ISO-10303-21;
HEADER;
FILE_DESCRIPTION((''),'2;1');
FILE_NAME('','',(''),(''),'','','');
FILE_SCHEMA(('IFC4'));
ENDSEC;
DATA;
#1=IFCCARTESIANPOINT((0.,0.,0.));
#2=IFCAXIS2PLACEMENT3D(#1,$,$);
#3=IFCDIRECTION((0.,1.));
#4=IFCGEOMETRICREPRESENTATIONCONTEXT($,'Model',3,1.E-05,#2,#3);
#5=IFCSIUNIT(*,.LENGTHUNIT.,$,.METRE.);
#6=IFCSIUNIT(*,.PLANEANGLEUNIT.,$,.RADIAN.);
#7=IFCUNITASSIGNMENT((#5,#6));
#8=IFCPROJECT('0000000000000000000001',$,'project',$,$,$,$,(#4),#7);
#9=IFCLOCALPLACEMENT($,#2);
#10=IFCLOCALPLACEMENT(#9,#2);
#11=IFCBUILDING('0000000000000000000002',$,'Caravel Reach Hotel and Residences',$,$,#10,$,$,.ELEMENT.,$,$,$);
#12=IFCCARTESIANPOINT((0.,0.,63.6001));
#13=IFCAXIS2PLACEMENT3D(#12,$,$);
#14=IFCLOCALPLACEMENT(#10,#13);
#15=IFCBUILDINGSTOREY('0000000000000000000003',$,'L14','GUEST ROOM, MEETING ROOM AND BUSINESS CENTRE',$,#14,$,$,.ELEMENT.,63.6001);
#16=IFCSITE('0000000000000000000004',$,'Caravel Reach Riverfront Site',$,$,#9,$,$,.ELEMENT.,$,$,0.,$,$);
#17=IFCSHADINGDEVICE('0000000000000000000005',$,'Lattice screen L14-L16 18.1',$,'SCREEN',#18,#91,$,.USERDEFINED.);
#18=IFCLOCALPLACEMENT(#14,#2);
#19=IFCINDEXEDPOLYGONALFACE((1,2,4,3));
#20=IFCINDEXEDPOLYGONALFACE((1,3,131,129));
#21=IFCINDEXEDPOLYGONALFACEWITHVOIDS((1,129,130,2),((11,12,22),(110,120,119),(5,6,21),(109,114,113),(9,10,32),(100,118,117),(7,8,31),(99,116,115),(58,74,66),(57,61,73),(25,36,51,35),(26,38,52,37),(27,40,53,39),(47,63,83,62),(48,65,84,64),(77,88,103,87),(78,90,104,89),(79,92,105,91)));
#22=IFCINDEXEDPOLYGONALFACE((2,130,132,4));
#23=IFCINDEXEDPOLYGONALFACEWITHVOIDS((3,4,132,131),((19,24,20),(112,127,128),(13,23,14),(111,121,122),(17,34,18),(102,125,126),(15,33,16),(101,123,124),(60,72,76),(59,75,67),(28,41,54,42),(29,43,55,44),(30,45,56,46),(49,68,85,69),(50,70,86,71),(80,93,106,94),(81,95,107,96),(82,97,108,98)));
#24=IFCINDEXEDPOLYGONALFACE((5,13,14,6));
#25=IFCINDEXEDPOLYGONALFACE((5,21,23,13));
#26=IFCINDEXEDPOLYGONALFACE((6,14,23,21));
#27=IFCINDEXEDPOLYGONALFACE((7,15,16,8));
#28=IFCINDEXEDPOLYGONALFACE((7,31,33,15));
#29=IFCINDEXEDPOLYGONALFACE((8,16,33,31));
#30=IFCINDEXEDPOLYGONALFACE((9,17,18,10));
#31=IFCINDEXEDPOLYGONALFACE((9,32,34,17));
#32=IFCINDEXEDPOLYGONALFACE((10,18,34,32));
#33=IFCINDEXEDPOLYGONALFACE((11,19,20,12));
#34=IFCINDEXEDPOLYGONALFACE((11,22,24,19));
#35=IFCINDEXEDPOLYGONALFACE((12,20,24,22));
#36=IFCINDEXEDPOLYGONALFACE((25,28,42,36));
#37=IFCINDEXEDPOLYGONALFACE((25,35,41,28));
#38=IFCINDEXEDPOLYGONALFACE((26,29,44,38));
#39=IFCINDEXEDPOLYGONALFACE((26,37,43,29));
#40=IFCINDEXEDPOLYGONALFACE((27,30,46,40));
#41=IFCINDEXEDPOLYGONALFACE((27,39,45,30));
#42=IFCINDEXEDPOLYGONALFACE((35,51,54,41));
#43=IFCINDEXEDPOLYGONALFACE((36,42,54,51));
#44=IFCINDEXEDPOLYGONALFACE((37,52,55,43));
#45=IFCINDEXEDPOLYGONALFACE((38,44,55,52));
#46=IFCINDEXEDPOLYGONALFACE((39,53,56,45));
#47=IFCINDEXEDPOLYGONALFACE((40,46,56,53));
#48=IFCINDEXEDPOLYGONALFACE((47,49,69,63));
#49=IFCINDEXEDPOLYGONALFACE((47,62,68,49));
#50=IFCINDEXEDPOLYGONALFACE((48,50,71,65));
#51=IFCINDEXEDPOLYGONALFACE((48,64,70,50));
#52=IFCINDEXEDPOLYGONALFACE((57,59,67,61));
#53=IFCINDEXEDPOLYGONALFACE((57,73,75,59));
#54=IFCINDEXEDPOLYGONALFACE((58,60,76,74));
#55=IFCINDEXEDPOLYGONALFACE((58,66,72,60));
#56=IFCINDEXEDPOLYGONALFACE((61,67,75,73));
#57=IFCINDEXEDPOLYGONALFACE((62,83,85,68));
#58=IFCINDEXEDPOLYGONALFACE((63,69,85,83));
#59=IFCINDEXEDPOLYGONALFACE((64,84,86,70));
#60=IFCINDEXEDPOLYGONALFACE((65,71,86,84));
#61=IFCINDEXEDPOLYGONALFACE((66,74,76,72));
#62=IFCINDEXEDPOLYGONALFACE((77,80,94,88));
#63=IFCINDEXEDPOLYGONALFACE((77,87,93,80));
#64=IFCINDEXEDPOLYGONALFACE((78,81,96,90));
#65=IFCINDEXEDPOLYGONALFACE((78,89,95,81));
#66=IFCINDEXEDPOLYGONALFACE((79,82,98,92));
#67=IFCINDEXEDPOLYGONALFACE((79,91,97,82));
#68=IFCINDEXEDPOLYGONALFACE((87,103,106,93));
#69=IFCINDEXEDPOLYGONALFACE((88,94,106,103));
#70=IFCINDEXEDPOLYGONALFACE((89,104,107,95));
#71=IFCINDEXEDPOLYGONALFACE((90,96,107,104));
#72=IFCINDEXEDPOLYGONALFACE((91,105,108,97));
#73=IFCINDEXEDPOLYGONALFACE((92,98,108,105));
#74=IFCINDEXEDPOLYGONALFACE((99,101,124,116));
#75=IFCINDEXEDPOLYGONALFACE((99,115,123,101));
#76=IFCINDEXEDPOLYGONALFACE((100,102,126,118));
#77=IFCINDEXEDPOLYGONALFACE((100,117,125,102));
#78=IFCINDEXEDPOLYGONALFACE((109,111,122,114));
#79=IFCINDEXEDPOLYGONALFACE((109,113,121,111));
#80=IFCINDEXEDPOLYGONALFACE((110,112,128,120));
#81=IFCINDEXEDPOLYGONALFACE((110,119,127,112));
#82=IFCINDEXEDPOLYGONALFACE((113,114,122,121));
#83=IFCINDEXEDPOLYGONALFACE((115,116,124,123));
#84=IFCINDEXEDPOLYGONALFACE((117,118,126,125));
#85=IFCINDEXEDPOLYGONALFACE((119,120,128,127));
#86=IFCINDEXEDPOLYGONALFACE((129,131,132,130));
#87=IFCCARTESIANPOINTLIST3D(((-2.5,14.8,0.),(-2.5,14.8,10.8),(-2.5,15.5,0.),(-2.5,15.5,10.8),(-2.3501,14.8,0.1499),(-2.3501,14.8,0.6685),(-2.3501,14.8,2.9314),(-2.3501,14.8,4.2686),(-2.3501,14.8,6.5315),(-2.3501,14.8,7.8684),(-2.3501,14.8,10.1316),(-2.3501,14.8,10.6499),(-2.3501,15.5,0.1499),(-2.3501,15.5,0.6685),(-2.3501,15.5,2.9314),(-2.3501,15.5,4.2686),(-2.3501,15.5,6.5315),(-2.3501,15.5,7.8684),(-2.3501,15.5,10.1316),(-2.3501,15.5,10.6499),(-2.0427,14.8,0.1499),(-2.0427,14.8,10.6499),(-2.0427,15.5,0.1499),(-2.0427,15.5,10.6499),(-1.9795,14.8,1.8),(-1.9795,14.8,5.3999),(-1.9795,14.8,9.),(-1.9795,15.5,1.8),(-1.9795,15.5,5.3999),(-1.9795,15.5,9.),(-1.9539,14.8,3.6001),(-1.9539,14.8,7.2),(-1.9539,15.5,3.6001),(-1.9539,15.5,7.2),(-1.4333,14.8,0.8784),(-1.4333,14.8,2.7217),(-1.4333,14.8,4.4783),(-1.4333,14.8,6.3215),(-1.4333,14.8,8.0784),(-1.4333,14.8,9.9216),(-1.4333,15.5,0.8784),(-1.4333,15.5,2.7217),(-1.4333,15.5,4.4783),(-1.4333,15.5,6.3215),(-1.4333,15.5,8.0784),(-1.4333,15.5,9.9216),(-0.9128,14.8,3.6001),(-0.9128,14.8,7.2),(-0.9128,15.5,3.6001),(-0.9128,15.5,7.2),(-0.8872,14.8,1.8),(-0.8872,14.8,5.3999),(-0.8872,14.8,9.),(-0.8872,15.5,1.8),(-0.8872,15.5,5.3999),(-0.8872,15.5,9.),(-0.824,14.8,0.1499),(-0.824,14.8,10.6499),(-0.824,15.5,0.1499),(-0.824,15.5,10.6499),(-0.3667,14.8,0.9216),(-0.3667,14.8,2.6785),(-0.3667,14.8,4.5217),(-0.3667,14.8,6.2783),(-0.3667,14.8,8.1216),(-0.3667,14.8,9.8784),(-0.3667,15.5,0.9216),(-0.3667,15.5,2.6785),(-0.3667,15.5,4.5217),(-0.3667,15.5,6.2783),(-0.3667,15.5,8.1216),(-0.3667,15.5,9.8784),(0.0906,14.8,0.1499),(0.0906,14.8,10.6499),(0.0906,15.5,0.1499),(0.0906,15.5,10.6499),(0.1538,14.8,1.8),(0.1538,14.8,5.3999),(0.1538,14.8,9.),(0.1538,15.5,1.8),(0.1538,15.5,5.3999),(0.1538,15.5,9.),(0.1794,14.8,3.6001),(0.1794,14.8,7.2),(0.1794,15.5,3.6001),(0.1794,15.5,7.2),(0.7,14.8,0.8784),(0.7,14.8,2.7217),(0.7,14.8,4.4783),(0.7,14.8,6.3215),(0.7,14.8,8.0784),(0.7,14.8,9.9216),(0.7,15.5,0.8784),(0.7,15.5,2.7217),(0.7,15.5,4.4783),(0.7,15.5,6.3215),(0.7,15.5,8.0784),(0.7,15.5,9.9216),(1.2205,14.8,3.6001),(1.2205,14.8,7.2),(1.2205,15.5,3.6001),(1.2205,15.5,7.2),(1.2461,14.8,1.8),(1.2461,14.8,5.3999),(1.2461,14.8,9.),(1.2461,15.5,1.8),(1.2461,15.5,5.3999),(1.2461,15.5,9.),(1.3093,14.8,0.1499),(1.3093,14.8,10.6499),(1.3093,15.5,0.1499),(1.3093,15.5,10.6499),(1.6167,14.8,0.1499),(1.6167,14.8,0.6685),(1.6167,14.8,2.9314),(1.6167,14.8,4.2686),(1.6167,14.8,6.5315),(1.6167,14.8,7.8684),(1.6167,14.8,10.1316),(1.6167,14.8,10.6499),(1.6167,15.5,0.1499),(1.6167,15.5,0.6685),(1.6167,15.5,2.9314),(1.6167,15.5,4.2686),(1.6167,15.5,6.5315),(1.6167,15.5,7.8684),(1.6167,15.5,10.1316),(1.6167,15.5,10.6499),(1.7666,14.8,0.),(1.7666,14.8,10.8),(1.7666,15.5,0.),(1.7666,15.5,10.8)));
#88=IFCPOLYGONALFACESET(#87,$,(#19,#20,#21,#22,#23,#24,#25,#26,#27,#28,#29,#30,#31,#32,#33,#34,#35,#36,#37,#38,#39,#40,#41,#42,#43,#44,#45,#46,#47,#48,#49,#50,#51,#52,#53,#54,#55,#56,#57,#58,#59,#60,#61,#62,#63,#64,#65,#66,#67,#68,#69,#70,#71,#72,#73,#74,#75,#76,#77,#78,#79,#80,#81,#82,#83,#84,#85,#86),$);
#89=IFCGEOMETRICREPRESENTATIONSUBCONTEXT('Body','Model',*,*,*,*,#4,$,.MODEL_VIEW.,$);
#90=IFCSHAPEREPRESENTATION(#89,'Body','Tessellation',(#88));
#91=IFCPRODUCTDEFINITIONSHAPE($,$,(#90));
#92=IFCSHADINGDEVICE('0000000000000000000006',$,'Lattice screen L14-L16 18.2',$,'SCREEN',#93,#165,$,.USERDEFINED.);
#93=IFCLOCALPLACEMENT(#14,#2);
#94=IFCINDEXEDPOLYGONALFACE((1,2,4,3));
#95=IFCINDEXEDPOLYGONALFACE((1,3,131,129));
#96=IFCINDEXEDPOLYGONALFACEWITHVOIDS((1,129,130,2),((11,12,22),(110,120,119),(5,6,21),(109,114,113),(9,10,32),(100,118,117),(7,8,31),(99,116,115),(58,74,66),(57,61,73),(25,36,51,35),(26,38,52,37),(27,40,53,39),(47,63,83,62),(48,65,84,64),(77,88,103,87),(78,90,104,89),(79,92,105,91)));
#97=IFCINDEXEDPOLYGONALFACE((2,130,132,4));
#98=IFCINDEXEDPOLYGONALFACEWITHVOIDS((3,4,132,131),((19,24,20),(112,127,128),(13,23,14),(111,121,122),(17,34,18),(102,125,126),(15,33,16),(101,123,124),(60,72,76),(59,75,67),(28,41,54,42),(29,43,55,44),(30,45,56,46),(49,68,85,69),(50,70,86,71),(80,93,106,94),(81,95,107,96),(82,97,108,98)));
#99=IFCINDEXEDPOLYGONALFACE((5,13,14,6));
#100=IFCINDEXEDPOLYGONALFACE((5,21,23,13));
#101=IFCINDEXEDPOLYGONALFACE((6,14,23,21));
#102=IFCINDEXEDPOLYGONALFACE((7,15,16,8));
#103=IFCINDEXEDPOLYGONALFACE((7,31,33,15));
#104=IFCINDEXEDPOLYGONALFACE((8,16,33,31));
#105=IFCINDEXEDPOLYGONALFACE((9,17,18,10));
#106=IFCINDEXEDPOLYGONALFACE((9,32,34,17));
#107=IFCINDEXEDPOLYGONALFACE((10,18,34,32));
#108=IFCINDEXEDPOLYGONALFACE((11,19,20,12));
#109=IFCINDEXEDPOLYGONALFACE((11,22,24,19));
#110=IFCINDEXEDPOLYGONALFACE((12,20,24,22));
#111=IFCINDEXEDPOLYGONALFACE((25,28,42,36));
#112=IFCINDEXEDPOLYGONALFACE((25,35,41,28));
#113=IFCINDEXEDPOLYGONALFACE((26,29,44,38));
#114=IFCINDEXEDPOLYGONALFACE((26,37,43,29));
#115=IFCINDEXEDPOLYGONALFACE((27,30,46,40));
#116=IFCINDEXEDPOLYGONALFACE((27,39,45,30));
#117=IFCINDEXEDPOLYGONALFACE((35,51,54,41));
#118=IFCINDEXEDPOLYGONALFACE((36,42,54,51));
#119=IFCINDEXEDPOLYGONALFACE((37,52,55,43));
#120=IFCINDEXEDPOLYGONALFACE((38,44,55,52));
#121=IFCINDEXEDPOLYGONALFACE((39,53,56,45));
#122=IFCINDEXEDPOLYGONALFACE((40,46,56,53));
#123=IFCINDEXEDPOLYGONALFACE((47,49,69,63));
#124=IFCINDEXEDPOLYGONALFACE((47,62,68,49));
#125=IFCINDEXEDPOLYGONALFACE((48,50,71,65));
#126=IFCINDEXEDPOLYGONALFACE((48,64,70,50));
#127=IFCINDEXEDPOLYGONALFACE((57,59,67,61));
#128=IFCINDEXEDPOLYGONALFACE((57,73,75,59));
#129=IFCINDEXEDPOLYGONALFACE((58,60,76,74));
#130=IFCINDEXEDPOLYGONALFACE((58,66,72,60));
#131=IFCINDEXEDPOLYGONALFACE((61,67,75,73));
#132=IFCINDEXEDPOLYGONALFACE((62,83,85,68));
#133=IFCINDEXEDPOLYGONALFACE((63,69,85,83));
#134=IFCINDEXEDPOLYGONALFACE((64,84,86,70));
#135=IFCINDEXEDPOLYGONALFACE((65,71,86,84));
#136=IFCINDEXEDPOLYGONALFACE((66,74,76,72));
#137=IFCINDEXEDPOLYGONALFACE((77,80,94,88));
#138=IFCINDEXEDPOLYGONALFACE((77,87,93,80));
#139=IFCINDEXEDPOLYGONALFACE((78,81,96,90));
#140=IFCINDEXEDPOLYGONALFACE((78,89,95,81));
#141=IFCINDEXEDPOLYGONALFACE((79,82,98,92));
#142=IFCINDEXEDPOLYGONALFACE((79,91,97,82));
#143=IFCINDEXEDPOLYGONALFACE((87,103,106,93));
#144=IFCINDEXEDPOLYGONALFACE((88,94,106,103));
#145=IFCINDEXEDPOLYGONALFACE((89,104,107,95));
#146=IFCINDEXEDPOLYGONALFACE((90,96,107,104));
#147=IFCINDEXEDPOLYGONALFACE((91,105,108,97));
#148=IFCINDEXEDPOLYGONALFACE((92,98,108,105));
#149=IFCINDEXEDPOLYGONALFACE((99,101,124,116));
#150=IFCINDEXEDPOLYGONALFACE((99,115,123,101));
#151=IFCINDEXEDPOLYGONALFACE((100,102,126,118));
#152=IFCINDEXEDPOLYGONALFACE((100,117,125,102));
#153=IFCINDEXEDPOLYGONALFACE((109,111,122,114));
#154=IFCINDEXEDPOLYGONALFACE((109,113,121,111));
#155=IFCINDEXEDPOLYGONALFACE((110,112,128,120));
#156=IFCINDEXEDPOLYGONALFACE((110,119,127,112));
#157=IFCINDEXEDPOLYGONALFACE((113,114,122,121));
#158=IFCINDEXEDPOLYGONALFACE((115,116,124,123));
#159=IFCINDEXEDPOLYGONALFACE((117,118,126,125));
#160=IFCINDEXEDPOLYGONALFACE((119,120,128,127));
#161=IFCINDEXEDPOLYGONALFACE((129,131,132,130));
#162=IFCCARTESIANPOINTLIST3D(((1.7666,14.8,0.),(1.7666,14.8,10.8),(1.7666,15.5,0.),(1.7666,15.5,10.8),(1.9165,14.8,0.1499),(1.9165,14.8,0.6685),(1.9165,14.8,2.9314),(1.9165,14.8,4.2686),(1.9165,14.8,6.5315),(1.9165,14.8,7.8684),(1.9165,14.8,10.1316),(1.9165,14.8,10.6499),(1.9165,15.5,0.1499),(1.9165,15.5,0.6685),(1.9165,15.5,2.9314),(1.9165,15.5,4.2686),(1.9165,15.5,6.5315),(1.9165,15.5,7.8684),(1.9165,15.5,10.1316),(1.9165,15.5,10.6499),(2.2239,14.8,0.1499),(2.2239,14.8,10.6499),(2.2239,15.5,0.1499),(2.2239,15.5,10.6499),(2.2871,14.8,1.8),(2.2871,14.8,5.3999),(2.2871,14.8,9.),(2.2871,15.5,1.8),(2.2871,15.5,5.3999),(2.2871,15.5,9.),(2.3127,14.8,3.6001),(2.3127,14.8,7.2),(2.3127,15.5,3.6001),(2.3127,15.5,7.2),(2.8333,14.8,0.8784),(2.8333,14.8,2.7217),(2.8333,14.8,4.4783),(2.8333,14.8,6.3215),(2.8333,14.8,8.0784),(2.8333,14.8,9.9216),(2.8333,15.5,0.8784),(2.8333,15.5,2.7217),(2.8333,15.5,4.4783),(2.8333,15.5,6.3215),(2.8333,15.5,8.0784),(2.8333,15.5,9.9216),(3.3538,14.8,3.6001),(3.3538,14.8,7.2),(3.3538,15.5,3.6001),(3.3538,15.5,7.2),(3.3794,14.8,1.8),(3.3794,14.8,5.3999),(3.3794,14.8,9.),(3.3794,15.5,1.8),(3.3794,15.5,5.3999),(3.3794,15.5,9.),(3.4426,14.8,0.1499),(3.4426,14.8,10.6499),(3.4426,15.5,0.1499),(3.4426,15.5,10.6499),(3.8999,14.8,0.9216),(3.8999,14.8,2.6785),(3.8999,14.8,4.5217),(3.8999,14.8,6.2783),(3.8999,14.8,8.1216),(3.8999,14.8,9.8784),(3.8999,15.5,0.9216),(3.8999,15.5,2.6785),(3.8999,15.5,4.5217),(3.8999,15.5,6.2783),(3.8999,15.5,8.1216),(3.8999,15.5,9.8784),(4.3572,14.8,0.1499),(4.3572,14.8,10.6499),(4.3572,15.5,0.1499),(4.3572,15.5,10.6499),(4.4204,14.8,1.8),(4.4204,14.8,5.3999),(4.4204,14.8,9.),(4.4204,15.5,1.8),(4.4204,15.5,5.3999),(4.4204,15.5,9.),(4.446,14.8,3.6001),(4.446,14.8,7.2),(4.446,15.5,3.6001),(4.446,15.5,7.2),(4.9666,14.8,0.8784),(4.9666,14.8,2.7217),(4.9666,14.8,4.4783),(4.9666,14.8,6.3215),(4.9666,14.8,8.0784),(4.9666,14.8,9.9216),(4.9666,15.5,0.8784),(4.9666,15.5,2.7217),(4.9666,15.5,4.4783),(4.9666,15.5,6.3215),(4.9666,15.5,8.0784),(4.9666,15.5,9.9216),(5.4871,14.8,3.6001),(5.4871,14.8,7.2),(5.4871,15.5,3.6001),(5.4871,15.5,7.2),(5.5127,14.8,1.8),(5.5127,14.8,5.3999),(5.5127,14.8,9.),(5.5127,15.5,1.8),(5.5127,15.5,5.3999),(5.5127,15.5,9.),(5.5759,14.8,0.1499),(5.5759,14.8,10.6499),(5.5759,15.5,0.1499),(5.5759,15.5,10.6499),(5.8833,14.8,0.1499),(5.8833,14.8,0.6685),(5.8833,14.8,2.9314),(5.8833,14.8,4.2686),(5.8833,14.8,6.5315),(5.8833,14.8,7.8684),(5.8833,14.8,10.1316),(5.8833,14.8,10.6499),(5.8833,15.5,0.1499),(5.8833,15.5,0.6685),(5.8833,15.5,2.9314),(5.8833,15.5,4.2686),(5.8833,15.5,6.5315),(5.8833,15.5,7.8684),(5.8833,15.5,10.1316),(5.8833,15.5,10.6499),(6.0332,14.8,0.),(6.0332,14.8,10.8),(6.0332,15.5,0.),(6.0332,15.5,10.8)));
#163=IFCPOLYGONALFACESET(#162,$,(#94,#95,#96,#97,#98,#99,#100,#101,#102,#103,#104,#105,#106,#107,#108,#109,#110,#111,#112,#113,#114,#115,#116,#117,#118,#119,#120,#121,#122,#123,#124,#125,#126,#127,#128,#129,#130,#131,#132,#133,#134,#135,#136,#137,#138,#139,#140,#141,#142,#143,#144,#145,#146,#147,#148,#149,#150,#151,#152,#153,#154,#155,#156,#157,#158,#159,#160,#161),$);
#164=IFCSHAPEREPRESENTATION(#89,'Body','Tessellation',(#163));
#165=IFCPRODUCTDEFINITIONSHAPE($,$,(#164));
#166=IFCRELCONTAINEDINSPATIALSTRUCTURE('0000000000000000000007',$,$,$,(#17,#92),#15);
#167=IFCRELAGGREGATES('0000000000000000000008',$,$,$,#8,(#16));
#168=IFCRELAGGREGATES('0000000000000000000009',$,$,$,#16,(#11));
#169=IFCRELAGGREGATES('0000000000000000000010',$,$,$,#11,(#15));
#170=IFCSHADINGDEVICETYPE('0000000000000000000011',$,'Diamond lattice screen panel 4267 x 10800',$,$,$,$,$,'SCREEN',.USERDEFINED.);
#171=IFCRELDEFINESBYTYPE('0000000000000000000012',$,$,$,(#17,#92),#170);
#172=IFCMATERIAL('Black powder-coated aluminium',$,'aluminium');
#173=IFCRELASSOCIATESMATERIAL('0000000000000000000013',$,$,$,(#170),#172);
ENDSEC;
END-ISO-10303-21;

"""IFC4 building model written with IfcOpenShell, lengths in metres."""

from ifc_helpers import new_model, si_unit, direction, frame, origin, place, context, subcontext, project, spatial, polyline, outline, extrude, material, type_object, element, save


model = new_model("IFC4")

# Units and contexts
model_context = context("Model", 3, precision=1e-05, world=origin(), true_north=direction((0.0, 1.0)))
body_context = subcontext(model_context, "Body", "Model", "MODEL_VIEW")
ifc_project = project(units=[si_unit("LENGTHUNIT", "METRE"), si_unit("PLANEANGLEUNIT", "RADIAN")], contexts=[model_context])

# Site, building, storey
site_placement = place(None, origin())
site = spatial("IfcSite", under=ifc_project, at=site_placement, Name="Caravel Reach Riverfront Site", CompositionType="ELEMENT", RefElevation=0.0)
building_placement = place(site_placement, origin())
building = spatial("IfcBuilding", under=site, at=building_placement, Name="Caravel Reach Hotel and Residences", CompositionType="ELEMENT")
storey_placement = place(building_placement, frame((0.0, 0.0, 63.6001)))
storey = spatial("IfcBuildingStorey", under=building, at=storey_placement, Name="L14", Description="GUEST ROOM, MEETING ROOM AND BUSINESS CENTRE", CompositionType="ELEMENT", Elevation=63.6001)

# Shading devices
ifc_material_1 = material(Name="Black powder-coated aluminium", Category="aluminium")
shading_device_type_1 = type_object("IfcShadingDeviceType", Name="Diamond lattice screen panel 4267 x 10800", ElementType="SCREEN", PredefinedType="USERDEFINED", material=ifc_material_1)
shading_device_1_placement = place(storey_placement, frame((-2.5, 15.5, 0.0), z_axis=(0.0, -1.0, 0.0), x_axis=(1.0, 0.0, 0.0)))
element("IfcShadingDevice", 1, at=shading_device_1_placement, inside=storey, type_object=shading_device_type_1, Name="Lattice screen L14-L16 18.1", ObjectType="SCREEN", PredefinedType="USERDEFINED", context=body_context, shape_type="SweptSolid", body=[
    extrude(outline(polyline([(0.0, 0.0), (4.2666, 0.0), (4.2666, 10.8), (0.0, 10.8), (0.0, 0.0)]), holes=[polyline([(0.4573, 0.1499), (0.1499, 0.6685), (0.1499, 0.1499), (0.4573, 0.1499)]), polyline([(0.5461, 3.6001), (0.1499, 4.2686), (0.1499, 2.9314), (0.5461, 3.6001)]), polyline([(0.5461, 7.2), (0.1499, 7.8684), (0.1499, 6.5315), (0.5461, 7.2)]), polyline([(0.1499, 10.1316), (0.4573, 10.6499), (0.1499, 10.6499), (0.1499, 10.1316)]), polyline([(1.0667, 2.7217), (0.5205, 1.8), (1.0667, 0.8784), (1.6128, 1.8), (1.0667, 2.7217)]), polyline([(1.0667, 6.3215), (0.5205, 5.3999), (1.0667, 4.4783), (1.6128, 5.3999), (1.0667, 6.3215)]), polyline([(1.0667, 9.9216), (0.5205, 9.0), (1.0667, 8.0784), (1.6128, 9.0), (1.0667, 9.9216)]), polyline([(2.1333, 0.9216), (1.676, 0.1499), (2.5906, 0.1499), (2.1333, 0.9216)]), polyline([(2.1333, 4.5217), (1.5872, 3.6001), (2.1333, 2.6785), (2.6794, 3.6001), (2.1333, 4.5217)]), polyline([(2.1333, 8.1216), (1.5872, 7.2), (2.1333, 6.2783), (2.6794, 7.2), (2.1333, 8.1216)]), polyline([(2.1333, 9.8784), (2.5906, 10.6499), (1.676, 10.6499), (2.1333, 9.8784)]), polyline([(3.2, 2.7217), (2.6538, 1.8), (3.2, 0.8784), (3.7461, 1.8), (3.2, 2.7217)]), polyline([(3.2, 6.3215), (2.6538, 5.3999), (3.2, 4.4783), (3.7461, 5.3999), (3.2, 6.3215)]), polyline([(3.2, 9.9216), (2.6538, 9.0), (3.2, 8.0784), (3.7461, 9.0), (3.2, 9.9216)]), polyline([(4.1167, 0.6685), (3.8093, 0.1499), (4.1167, 0.1499), (4.1167, 0.6685)]), polyline([(3.7205, 3.6001), (4.1167, 2.9314), (4.1167, 4.2686), (3.7205, 3.6001)]), polyline([(3.7205, 7.2), (4.1167, 6.5315), (4.1167, 7.8684), (3.7205, 7.2)]), polyline([(3.8093, 10.6499), (4.1167, 10.1316), (4.1167, 10.6499), (3.8093, 10.6499)])]), origin(), (0.0, 0.0, 1.0), 0.7),
])
shading_device_2_placement = place(storey_placement, frame((1.7666, 15.5, 0.0), z_axis=(0.0, -1.0, 0.0), x_axis=(1.0, 0.0, 0.0)))
element("IfcShadingDevice", 2, at=shading_device_2_placement, inside=storey, type_object=shading_device_type_1, Name="Lattice screen L14-L16 18.2", ObjectType="SCREEN", PredefinedType="USERDEFINED", context=body_context, shape_type="SweptSolid", body=[
    extrude(outline(polyline([(0.0, 0.0), (4.2666, 0.0), (4.2666, 10.8), (0.0, 10.8), (0.0, 0.0)]), holes=[polyline([(0.4573, 0.1499), (0.1499, 0.6685), (0.1499, 0.1499), (0.4573, 0.1499)]), polyline([(0.5461, 3.6001), (0.1499, 4.2686), (0.1499, 2.9314), (0.5461, 3.6001)]), polyline([(0.5461, 7.2), (0.1499, 7.8684), (0.1499, 6.5315), (0.5461, 7.2)]), polyline([(0.1499, 10.1316), (0.4573, 10.6499), (0.1499, 10.6499), (0.1499, 10.1316)]), polyline([(1.0667, 2.7217), (0.5205, 1.8), (1.0667, 0.8784), (1.6128, 1.8), (1.0667, 2.7217)]), polyline([(1.0667, 6.3215), (0.5205, 5.3999), (1.0667, 4.4783), (1.6128, 5.3999), (1.0667, 6.3215)]), polyline([(1.0667, 9.9216), (0.5205, 9.0), (1.0667, 8.0784), (1.6128, 9.0), (1.0667, 9.9216)]), polyline([(2.1333, 0.9216), (1.676, 0.1499), (2.5906, 0.1499), (2.1333, 0.9216)]), polyline([(2.1333, 4.5217), (1.5872, 3.6001), (2.1333, 2.6785), (2.6794, 3.6001), (2.1333, 4.5217)]), polyline([(2.1333, 8.1216), (1.5872, 7.2), (2.1333, 6.2783), (2.6794, 7.2), (2.1333, 8.1216)]), polyline([(2.1333, 9.8784), (2.5906, 10.6499), (1.676, 10.6499), (2.1333, 9.8784)]), polyline([(3.2, 2.7217), (2.6538, 1.8), (3.2, 0.8784), (3.7461, 1.8), (3.2, 2.7217)]), polyline([(3.2, 6.3215), (2.6538, 5.3999), (3.2, 4.4783), (3.7461, 5.3999), (3.2, 6.3215)]), polyline([(3.2, 9.9216), (2.6538, 9.0), (3.2, 8.0784), (3.7461, 9.0), (3.2, 9.9216)]), polyline([(4.1167, 0.6685), (3.8093, 0.1499), (4.1167, 0.1499), (4.1167, 0.6685)]), polyline([(3.7205, 3.6001), (4.1167, 2.9314), (4.1167, 4.2686), (3.7205, 3.6001)]), polyline([(3.7205, 7.2), (4.1167, 6.5315), (4.1167, 7.8684), (3.7205, 7.2)]), polyline([(3.8093, 10.6499), (4.1167, 10.1316), (4.1167, 10.6499), (3.8093, 10.6499)])]), origin(), (0.0, 0.0, 1.0), 0.7),
])

save(model, "model.ifc")
